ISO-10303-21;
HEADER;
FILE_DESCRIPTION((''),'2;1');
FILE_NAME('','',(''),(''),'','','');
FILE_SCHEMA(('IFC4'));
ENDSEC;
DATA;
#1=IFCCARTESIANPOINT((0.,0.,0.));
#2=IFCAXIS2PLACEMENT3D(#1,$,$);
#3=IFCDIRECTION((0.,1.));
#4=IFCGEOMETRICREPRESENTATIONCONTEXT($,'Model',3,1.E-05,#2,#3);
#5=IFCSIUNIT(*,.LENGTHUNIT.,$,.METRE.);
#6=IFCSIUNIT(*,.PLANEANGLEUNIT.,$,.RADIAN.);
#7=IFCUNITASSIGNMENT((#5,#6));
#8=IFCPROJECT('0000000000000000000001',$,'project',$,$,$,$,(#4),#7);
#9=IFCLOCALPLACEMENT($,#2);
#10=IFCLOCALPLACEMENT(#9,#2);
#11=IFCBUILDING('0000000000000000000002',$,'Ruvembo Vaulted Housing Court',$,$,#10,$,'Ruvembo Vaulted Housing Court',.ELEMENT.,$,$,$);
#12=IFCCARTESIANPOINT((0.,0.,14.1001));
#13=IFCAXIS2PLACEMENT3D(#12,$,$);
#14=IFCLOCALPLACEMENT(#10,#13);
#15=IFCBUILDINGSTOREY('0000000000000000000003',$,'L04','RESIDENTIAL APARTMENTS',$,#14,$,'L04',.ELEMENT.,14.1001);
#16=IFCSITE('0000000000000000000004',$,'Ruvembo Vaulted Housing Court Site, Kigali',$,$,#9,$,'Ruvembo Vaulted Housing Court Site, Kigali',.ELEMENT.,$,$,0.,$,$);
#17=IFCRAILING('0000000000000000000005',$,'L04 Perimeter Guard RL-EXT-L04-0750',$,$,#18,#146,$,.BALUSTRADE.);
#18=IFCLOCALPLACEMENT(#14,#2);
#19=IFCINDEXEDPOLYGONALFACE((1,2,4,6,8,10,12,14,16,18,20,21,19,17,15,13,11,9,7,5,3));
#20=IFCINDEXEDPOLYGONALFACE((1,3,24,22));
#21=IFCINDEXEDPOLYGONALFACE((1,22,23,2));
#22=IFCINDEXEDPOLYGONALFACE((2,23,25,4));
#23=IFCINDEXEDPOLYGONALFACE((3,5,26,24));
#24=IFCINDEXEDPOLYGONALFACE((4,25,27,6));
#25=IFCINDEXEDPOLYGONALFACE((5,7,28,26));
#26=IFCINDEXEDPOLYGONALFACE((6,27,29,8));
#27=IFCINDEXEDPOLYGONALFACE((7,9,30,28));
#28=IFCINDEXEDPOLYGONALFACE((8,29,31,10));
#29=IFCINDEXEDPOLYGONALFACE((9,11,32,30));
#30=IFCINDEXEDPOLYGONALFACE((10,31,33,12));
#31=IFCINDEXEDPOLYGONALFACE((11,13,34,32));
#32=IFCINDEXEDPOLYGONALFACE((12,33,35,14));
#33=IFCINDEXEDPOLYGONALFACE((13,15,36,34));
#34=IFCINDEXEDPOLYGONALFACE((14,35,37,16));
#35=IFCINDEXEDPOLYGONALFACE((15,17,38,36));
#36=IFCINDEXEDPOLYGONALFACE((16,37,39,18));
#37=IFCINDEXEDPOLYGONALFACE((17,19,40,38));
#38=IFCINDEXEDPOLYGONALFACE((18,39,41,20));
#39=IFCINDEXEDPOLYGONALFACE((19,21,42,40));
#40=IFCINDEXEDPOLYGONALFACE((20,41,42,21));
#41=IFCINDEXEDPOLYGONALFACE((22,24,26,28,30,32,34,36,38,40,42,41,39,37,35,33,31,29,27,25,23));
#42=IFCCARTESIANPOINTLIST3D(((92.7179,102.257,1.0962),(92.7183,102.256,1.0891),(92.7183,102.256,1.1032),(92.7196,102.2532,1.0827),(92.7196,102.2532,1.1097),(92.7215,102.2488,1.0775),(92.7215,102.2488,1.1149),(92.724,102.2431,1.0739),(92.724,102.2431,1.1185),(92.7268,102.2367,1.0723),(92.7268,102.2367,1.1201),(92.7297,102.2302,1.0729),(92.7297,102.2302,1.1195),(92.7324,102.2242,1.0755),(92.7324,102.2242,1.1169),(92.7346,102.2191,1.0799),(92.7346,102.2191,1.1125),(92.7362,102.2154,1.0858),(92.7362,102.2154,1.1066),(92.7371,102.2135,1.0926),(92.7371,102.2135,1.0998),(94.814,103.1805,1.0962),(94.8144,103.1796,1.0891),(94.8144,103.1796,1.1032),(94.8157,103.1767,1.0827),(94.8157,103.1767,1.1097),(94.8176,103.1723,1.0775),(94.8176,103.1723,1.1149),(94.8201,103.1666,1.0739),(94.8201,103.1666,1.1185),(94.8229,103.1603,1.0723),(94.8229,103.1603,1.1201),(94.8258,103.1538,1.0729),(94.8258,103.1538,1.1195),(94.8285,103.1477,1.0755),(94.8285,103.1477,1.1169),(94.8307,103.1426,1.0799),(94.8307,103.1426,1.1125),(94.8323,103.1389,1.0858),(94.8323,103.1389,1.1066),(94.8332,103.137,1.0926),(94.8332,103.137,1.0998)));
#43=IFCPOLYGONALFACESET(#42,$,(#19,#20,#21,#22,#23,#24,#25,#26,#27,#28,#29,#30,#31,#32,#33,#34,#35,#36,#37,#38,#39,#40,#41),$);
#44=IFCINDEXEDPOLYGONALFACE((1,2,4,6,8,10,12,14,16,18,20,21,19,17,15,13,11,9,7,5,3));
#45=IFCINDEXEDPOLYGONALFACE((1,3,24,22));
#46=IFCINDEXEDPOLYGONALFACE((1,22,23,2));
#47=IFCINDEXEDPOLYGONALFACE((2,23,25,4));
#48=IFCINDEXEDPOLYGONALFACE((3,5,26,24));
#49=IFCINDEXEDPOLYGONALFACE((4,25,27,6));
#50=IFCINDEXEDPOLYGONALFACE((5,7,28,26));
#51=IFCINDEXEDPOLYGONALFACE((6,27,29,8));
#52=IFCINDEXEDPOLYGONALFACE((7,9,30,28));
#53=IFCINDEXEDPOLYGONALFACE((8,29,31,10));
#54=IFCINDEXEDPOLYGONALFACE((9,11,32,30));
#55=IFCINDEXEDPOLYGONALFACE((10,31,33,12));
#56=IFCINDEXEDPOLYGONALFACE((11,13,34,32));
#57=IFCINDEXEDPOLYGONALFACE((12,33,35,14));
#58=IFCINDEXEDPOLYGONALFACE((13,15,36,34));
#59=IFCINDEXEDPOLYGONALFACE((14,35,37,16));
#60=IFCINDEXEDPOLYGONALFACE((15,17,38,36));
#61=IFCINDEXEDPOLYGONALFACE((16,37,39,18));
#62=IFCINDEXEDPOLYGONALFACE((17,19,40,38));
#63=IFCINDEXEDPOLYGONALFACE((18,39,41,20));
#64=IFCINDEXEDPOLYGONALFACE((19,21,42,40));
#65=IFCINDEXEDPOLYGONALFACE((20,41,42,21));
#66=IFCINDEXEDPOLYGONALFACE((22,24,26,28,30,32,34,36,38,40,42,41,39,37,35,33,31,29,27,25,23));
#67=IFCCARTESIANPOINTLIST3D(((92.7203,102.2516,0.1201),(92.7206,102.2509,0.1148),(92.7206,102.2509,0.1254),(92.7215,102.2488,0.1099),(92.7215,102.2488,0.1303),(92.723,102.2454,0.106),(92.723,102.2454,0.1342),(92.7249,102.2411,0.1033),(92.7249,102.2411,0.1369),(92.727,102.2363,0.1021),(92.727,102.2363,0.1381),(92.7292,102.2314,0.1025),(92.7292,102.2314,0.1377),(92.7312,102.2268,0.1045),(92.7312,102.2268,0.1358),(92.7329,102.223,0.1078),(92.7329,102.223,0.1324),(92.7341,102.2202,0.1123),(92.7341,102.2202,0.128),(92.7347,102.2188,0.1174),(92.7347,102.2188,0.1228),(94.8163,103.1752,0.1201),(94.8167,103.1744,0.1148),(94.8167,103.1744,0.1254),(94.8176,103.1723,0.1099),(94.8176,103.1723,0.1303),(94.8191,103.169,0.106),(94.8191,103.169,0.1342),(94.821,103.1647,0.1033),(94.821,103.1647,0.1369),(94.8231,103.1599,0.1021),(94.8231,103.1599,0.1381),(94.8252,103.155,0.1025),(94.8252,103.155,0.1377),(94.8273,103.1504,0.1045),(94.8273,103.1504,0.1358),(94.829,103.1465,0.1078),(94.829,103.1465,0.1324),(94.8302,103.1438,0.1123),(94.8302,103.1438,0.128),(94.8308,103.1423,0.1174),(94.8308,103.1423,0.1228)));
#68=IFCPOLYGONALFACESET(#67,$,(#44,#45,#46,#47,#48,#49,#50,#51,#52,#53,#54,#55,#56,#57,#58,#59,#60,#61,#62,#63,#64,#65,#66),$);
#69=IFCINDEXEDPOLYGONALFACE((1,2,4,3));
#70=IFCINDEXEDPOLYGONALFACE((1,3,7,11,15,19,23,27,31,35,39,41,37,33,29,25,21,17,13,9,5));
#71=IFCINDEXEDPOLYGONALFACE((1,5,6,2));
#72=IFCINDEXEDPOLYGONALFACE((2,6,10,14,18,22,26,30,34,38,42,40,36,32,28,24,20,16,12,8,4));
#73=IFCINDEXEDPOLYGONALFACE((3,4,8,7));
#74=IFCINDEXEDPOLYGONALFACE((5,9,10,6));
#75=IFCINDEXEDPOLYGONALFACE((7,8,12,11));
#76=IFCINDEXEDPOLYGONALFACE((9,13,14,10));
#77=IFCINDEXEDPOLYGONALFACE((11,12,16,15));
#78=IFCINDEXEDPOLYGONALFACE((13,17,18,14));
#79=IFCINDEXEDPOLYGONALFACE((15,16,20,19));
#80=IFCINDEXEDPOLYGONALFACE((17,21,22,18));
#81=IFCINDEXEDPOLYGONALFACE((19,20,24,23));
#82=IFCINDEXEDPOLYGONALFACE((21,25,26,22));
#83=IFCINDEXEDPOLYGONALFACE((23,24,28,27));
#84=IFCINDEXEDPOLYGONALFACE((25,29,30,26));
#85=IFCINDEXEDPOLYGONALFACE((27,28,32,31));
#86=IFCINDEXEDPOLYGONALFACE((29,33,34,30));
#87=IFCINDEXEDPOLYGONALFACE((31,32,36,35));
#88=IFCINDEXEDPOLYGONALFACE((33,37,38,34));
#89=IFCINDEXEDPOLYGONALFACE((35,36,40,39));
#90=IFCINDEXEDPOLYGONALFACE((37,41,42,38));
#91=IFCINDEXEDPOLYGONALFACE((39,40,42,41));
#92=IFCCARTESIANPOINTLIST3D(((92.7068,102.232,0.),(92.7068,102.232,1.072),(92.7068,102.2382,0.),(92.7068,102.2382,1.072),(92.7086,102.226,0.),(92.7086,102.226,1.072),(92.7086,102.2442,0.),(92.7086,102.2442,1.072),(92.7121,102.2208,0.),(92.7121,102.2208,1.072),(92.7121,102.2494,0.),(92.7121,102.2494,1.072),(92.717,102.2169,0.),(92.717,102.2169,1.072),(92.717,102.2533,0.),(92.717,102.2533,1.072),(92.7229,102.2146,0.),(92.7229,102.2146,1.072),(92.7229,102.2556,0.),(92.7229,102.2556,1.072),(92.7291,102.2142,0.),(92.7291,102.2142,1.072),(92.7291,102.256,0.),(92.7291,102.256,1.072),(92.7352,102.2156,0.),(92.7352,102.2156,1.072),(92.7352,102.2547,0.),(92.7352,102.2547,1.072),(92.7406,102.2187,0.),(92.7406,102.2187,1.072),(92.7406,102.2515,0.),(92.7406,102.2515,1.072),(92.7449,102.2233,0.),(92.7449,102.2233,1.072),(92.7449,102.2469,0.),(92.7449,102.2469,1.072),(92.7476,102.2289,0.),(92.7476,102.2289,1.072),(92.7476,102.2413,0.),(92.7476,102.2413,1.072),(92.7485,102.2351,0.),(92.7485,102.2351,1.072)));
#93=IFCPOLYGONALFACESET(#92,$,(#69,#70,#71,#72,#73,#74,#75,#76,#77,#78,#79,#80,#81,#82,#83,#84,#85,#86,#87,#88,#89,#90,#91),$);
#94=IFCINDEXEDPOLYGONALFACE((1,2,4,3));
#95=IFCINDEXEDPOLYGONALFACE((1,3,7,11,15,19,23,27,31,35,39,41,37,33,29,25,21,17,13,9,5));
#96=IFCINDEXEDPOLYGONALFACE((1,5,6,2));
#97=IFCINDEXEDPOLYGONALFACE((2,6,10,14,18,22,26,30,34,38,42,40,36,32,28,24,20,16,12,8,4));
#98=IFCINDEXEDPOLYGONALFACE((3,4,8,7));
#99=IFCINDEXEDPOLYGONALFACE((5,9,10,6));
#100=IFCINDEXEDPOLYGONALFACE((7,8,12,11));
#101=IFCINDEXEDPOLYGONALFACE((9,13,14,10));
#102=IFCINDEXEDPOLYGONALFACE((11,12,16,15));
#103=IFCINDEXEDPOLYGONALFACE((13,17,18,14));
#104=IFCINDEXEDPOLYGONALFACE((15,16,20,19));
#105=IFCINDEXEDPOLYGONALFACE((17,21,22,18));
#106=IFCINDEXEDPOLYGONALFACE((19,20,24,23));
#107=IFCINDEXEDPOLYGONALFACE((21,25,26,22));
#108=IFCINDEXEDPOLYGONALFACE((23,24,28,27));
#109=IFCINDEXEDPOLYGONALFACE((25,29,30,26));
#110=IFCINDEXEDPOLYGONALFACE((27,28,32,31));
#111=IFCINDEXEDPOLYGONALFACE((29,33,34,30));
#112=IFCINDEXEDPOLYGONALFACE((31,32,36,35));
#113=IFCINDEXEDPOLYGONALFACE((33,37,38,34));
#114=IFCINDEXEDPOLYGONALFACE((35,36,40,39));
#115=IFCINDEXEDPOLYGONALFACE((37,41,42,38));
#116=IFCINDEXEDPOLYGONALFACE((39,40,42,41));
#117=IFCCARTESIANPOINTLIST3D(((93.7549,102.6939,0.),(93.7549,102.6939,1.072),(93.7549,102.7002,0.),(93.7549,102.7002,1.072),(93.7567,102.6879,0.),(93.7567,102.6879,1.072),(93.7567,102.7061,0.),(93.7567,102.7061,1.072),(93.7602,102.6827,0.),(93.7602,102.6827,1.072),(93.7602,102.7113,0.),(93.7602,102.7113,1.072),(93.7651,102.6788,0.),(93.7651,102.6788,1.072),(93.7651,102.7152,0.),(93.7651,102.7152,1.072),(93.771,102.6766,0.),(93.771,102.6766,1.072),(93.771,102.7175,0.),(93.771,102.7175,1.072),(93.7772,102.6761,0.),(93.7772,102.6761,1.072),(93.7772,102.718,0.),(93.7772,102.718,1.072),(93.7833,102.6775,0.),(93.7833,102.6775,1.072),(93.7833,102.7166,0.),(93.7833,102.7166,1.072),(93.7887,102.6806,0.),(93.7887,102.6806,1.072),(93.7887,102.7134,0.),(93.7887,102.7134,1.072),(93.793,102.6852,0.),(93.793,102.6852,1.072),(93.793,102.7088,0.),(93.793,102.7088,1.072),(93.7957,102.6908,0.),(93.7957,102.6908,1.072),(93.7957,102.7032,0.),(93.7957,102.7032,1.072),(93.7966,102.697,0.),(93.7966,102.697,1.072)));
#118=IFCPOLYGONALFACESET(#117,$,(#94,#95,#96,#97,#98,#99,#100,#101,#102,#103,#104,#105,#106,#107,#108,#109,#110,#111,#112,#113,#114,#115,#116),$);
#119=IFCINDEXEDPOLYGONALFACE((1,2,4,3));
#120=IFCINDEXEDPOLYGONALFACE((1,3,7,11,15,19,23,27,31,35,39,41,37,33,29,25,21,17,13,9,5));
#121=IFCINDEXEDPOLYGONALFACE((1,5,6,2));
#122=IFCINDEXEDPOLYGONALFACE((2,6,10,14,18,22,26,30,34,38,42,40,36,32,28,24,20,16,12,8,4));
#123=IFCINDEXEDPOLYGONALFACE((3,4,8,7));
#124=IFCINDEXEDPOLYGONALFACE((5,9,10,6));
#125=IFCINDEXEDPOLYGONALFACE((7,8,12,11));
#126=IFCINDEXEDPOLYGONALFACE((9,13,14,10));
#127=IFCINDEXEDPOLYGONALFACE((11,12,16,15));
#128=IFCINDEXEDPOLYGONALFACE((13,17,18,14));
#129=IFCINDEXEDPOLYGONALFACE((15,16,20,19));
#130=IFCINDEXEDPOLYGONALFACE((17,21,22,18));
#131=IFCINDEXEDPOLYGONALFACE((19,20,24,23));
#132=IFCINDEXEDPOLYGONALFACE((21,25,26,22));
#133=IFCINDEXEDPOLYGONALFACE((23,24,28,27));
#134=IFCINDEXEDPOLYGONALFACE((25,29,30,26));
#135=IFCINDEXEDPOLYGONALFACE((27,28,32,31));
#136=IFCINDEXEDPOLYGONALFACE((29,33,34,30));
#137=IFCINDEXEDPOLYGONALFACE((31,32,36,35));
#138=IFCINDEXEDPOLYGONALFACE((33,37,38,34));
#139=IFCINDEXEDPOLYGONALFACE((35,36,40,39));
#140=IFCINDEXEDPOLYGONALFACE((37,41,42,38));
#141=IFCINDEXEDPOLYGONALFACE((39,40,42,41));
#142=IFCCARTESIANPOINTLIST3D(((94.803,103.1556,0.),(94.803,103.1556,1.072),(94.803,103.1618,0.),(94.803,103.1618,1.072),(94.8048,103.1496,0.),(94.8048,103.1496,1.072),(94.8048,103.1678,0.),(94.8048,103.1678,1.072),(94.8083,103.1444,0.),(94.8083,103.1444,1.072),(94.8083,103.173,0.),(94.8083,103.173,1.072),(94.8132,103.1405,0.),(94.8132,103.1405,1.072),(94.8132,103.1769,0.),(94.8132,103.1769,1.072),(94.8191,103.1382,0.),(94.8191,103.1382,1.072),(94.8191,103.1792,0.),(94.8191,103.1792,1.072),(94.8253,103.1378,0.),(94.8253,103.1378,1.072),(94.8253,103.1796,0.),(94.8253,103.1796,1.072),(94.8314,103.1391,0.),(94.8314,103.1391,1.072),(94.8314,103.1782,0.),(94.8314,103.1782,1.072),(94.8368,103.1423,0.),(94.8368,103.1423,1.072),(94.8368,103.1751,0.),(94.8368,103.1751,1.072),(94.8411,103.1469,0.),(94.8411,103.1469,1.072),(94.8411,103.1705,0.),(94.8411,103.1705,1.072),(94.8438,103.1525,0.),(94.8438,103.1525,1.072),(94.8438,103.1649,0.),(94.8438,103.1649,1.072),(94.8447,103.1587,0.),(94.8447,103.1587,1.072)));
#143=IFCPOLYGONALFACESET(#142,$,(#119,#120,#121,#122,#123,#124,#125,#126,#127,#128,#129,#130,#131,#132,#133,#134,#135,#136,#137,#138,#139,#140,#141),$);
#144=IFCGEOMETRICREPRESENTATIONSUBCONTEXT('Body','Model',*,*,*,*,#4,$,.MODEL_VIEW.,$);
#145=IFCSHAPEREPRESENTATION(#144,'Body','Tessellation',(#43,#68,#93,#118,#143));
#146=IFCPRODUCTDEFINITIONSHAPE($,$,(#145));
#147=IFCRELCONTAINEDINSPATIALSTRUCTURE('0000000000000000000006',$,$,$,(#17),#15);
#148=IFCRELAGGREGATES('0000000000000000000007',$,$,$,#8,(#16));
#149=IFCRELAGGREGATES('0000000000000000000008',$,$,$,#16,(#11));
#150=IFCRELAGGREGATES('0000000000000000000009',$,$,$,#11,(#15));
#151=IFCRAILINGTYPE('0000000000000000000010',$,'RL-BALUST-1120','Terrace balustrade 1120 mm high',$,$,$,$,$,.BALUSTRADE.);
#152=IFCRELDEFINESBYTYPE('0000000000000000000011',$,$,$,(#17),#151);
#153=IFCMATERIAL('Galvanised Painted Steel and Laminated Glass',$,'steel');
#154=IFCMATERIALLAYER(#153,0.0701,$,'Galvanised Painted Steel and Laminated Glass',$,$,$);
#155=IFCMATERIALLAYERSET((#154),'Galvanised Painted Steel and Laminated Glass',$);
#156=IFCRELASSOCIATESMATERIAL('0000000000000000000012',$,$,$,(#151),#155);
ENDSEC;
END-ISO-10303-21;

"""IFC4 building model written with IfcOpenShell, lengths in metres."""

from ifc_helpers import new_model, si_unit, direction, frame, origin, origin_2d, place, context, subcontext, project, spatial, circle, extrude, material, layer, layer_set, type_object, element, save


model = new_model("IFC4")

# Units and contexts
model_context = context("Model", 3, precision=1e-05, world=origin(), true_north=direction((0.0, 1.0)))
body_context = subcontext(model_context, "Body", "Model", "MODEL_VIEW")
ifc_project = project(units=[si_unit("LENGTHUNIT", "METRE"), si_unit("PLANEANGLEUNIT", "RADIAN")], contexts=[model_context])

# Site, building, storey
site_placement = place(None, origin())
site = spatial("IfcSite", under=ifc_project, at=site_placement, Name="Ruvembo Vaulted Housing Court Site, Kigali", LongName="Ruvembo Vaulted Housing Court Site, Kigali", CompositionType="ELEMENT", RefElevation=0.0)
building_placement = place(site_placement, origin())
building = spatial("IfcBuilding", under=site, at=building_placement, Name="Ruvembo Vaulted Housing Court", LongName="Ruvembo Vaulted Housing Court", CompositionType="ELEMENT")
storey_placement = place(building_placement, frame((0.0, 0.0, 14.1001)))
storey = spatial("IfcBuildingStorey", under=building, at=storey_placement, Name="L04", Description="RESIDENTIAL APARTMENTS", LongName="L04", CompositionType="ELEMENT", Elevation=14.1001)

# Railing
ifc_material_1 = material(Name="Galvanised Painted Steel and Laminated Glass", Category="steel")
ifc_layer_1 = layer(ifc_material_1, 0.0701, Name="Galvanised Painted Steel and Laminated Glass")
ifc_layer_set_1 = layer_set([ifc_layer_1], Name="Galvanised Painted Steel and Laminated Glass")
railing_type = type_object("IfcRailingType", Name="RL-BALUST-1120", Description="Terrace balustrade 1120 mm high", PredefinedType="BALUSTRADE", material=ifc_layer_set_1)
railing_1_placement = place(storey_placement, frame((92.7275, 102.2351, 0.0)))
element("IfcRailing", 1, at=railing_1_placement, inside=storey, type_object=railing_type, Name="L04 Perimeter Guard RL-EXT-L04-0750", PredefinedType="BALUSTRADE", context=body_context, shape_type="SweptSolid", body=[
    extrude(circle(Radius=0.0239, at=origin_2d()), frame((0.0, 0.0, 1.0962), z_axis=(0.915112, 0.403199, 0.0), x_axis=(-0.403199, 0.915112, 0.0)), (0.0, 0.0, 1.0), 2.2905),
    extrude(circle(Radius=0.0181, at=origin_2d()), frame((0.0, 0.0, 0.1201), z_axis=(0.915112, 0.403199, 0.0), x_axis=(-0.403199, 0.915112, 0.0)), (0.0, 0.0, 1.0), 2.2905),
    extrude(circle(Radius=0.021, at=origin_2d()), origin(), (0.0, 0.0, 1.0), 1.072),
    extrude(circle(Radius=0.021, at=origin_2d()), frame((1.0481, 0.4619, 0.0)), (0.0, 0.0, 1.0), 1.072),
    extrude(circle(Radius=0.021, at=origin_2d()), frame((2.0962, 0.9236, 0.0)), (0.0, 0.0, 1.0), 1.072),
])

save(model, "model.ifc")
